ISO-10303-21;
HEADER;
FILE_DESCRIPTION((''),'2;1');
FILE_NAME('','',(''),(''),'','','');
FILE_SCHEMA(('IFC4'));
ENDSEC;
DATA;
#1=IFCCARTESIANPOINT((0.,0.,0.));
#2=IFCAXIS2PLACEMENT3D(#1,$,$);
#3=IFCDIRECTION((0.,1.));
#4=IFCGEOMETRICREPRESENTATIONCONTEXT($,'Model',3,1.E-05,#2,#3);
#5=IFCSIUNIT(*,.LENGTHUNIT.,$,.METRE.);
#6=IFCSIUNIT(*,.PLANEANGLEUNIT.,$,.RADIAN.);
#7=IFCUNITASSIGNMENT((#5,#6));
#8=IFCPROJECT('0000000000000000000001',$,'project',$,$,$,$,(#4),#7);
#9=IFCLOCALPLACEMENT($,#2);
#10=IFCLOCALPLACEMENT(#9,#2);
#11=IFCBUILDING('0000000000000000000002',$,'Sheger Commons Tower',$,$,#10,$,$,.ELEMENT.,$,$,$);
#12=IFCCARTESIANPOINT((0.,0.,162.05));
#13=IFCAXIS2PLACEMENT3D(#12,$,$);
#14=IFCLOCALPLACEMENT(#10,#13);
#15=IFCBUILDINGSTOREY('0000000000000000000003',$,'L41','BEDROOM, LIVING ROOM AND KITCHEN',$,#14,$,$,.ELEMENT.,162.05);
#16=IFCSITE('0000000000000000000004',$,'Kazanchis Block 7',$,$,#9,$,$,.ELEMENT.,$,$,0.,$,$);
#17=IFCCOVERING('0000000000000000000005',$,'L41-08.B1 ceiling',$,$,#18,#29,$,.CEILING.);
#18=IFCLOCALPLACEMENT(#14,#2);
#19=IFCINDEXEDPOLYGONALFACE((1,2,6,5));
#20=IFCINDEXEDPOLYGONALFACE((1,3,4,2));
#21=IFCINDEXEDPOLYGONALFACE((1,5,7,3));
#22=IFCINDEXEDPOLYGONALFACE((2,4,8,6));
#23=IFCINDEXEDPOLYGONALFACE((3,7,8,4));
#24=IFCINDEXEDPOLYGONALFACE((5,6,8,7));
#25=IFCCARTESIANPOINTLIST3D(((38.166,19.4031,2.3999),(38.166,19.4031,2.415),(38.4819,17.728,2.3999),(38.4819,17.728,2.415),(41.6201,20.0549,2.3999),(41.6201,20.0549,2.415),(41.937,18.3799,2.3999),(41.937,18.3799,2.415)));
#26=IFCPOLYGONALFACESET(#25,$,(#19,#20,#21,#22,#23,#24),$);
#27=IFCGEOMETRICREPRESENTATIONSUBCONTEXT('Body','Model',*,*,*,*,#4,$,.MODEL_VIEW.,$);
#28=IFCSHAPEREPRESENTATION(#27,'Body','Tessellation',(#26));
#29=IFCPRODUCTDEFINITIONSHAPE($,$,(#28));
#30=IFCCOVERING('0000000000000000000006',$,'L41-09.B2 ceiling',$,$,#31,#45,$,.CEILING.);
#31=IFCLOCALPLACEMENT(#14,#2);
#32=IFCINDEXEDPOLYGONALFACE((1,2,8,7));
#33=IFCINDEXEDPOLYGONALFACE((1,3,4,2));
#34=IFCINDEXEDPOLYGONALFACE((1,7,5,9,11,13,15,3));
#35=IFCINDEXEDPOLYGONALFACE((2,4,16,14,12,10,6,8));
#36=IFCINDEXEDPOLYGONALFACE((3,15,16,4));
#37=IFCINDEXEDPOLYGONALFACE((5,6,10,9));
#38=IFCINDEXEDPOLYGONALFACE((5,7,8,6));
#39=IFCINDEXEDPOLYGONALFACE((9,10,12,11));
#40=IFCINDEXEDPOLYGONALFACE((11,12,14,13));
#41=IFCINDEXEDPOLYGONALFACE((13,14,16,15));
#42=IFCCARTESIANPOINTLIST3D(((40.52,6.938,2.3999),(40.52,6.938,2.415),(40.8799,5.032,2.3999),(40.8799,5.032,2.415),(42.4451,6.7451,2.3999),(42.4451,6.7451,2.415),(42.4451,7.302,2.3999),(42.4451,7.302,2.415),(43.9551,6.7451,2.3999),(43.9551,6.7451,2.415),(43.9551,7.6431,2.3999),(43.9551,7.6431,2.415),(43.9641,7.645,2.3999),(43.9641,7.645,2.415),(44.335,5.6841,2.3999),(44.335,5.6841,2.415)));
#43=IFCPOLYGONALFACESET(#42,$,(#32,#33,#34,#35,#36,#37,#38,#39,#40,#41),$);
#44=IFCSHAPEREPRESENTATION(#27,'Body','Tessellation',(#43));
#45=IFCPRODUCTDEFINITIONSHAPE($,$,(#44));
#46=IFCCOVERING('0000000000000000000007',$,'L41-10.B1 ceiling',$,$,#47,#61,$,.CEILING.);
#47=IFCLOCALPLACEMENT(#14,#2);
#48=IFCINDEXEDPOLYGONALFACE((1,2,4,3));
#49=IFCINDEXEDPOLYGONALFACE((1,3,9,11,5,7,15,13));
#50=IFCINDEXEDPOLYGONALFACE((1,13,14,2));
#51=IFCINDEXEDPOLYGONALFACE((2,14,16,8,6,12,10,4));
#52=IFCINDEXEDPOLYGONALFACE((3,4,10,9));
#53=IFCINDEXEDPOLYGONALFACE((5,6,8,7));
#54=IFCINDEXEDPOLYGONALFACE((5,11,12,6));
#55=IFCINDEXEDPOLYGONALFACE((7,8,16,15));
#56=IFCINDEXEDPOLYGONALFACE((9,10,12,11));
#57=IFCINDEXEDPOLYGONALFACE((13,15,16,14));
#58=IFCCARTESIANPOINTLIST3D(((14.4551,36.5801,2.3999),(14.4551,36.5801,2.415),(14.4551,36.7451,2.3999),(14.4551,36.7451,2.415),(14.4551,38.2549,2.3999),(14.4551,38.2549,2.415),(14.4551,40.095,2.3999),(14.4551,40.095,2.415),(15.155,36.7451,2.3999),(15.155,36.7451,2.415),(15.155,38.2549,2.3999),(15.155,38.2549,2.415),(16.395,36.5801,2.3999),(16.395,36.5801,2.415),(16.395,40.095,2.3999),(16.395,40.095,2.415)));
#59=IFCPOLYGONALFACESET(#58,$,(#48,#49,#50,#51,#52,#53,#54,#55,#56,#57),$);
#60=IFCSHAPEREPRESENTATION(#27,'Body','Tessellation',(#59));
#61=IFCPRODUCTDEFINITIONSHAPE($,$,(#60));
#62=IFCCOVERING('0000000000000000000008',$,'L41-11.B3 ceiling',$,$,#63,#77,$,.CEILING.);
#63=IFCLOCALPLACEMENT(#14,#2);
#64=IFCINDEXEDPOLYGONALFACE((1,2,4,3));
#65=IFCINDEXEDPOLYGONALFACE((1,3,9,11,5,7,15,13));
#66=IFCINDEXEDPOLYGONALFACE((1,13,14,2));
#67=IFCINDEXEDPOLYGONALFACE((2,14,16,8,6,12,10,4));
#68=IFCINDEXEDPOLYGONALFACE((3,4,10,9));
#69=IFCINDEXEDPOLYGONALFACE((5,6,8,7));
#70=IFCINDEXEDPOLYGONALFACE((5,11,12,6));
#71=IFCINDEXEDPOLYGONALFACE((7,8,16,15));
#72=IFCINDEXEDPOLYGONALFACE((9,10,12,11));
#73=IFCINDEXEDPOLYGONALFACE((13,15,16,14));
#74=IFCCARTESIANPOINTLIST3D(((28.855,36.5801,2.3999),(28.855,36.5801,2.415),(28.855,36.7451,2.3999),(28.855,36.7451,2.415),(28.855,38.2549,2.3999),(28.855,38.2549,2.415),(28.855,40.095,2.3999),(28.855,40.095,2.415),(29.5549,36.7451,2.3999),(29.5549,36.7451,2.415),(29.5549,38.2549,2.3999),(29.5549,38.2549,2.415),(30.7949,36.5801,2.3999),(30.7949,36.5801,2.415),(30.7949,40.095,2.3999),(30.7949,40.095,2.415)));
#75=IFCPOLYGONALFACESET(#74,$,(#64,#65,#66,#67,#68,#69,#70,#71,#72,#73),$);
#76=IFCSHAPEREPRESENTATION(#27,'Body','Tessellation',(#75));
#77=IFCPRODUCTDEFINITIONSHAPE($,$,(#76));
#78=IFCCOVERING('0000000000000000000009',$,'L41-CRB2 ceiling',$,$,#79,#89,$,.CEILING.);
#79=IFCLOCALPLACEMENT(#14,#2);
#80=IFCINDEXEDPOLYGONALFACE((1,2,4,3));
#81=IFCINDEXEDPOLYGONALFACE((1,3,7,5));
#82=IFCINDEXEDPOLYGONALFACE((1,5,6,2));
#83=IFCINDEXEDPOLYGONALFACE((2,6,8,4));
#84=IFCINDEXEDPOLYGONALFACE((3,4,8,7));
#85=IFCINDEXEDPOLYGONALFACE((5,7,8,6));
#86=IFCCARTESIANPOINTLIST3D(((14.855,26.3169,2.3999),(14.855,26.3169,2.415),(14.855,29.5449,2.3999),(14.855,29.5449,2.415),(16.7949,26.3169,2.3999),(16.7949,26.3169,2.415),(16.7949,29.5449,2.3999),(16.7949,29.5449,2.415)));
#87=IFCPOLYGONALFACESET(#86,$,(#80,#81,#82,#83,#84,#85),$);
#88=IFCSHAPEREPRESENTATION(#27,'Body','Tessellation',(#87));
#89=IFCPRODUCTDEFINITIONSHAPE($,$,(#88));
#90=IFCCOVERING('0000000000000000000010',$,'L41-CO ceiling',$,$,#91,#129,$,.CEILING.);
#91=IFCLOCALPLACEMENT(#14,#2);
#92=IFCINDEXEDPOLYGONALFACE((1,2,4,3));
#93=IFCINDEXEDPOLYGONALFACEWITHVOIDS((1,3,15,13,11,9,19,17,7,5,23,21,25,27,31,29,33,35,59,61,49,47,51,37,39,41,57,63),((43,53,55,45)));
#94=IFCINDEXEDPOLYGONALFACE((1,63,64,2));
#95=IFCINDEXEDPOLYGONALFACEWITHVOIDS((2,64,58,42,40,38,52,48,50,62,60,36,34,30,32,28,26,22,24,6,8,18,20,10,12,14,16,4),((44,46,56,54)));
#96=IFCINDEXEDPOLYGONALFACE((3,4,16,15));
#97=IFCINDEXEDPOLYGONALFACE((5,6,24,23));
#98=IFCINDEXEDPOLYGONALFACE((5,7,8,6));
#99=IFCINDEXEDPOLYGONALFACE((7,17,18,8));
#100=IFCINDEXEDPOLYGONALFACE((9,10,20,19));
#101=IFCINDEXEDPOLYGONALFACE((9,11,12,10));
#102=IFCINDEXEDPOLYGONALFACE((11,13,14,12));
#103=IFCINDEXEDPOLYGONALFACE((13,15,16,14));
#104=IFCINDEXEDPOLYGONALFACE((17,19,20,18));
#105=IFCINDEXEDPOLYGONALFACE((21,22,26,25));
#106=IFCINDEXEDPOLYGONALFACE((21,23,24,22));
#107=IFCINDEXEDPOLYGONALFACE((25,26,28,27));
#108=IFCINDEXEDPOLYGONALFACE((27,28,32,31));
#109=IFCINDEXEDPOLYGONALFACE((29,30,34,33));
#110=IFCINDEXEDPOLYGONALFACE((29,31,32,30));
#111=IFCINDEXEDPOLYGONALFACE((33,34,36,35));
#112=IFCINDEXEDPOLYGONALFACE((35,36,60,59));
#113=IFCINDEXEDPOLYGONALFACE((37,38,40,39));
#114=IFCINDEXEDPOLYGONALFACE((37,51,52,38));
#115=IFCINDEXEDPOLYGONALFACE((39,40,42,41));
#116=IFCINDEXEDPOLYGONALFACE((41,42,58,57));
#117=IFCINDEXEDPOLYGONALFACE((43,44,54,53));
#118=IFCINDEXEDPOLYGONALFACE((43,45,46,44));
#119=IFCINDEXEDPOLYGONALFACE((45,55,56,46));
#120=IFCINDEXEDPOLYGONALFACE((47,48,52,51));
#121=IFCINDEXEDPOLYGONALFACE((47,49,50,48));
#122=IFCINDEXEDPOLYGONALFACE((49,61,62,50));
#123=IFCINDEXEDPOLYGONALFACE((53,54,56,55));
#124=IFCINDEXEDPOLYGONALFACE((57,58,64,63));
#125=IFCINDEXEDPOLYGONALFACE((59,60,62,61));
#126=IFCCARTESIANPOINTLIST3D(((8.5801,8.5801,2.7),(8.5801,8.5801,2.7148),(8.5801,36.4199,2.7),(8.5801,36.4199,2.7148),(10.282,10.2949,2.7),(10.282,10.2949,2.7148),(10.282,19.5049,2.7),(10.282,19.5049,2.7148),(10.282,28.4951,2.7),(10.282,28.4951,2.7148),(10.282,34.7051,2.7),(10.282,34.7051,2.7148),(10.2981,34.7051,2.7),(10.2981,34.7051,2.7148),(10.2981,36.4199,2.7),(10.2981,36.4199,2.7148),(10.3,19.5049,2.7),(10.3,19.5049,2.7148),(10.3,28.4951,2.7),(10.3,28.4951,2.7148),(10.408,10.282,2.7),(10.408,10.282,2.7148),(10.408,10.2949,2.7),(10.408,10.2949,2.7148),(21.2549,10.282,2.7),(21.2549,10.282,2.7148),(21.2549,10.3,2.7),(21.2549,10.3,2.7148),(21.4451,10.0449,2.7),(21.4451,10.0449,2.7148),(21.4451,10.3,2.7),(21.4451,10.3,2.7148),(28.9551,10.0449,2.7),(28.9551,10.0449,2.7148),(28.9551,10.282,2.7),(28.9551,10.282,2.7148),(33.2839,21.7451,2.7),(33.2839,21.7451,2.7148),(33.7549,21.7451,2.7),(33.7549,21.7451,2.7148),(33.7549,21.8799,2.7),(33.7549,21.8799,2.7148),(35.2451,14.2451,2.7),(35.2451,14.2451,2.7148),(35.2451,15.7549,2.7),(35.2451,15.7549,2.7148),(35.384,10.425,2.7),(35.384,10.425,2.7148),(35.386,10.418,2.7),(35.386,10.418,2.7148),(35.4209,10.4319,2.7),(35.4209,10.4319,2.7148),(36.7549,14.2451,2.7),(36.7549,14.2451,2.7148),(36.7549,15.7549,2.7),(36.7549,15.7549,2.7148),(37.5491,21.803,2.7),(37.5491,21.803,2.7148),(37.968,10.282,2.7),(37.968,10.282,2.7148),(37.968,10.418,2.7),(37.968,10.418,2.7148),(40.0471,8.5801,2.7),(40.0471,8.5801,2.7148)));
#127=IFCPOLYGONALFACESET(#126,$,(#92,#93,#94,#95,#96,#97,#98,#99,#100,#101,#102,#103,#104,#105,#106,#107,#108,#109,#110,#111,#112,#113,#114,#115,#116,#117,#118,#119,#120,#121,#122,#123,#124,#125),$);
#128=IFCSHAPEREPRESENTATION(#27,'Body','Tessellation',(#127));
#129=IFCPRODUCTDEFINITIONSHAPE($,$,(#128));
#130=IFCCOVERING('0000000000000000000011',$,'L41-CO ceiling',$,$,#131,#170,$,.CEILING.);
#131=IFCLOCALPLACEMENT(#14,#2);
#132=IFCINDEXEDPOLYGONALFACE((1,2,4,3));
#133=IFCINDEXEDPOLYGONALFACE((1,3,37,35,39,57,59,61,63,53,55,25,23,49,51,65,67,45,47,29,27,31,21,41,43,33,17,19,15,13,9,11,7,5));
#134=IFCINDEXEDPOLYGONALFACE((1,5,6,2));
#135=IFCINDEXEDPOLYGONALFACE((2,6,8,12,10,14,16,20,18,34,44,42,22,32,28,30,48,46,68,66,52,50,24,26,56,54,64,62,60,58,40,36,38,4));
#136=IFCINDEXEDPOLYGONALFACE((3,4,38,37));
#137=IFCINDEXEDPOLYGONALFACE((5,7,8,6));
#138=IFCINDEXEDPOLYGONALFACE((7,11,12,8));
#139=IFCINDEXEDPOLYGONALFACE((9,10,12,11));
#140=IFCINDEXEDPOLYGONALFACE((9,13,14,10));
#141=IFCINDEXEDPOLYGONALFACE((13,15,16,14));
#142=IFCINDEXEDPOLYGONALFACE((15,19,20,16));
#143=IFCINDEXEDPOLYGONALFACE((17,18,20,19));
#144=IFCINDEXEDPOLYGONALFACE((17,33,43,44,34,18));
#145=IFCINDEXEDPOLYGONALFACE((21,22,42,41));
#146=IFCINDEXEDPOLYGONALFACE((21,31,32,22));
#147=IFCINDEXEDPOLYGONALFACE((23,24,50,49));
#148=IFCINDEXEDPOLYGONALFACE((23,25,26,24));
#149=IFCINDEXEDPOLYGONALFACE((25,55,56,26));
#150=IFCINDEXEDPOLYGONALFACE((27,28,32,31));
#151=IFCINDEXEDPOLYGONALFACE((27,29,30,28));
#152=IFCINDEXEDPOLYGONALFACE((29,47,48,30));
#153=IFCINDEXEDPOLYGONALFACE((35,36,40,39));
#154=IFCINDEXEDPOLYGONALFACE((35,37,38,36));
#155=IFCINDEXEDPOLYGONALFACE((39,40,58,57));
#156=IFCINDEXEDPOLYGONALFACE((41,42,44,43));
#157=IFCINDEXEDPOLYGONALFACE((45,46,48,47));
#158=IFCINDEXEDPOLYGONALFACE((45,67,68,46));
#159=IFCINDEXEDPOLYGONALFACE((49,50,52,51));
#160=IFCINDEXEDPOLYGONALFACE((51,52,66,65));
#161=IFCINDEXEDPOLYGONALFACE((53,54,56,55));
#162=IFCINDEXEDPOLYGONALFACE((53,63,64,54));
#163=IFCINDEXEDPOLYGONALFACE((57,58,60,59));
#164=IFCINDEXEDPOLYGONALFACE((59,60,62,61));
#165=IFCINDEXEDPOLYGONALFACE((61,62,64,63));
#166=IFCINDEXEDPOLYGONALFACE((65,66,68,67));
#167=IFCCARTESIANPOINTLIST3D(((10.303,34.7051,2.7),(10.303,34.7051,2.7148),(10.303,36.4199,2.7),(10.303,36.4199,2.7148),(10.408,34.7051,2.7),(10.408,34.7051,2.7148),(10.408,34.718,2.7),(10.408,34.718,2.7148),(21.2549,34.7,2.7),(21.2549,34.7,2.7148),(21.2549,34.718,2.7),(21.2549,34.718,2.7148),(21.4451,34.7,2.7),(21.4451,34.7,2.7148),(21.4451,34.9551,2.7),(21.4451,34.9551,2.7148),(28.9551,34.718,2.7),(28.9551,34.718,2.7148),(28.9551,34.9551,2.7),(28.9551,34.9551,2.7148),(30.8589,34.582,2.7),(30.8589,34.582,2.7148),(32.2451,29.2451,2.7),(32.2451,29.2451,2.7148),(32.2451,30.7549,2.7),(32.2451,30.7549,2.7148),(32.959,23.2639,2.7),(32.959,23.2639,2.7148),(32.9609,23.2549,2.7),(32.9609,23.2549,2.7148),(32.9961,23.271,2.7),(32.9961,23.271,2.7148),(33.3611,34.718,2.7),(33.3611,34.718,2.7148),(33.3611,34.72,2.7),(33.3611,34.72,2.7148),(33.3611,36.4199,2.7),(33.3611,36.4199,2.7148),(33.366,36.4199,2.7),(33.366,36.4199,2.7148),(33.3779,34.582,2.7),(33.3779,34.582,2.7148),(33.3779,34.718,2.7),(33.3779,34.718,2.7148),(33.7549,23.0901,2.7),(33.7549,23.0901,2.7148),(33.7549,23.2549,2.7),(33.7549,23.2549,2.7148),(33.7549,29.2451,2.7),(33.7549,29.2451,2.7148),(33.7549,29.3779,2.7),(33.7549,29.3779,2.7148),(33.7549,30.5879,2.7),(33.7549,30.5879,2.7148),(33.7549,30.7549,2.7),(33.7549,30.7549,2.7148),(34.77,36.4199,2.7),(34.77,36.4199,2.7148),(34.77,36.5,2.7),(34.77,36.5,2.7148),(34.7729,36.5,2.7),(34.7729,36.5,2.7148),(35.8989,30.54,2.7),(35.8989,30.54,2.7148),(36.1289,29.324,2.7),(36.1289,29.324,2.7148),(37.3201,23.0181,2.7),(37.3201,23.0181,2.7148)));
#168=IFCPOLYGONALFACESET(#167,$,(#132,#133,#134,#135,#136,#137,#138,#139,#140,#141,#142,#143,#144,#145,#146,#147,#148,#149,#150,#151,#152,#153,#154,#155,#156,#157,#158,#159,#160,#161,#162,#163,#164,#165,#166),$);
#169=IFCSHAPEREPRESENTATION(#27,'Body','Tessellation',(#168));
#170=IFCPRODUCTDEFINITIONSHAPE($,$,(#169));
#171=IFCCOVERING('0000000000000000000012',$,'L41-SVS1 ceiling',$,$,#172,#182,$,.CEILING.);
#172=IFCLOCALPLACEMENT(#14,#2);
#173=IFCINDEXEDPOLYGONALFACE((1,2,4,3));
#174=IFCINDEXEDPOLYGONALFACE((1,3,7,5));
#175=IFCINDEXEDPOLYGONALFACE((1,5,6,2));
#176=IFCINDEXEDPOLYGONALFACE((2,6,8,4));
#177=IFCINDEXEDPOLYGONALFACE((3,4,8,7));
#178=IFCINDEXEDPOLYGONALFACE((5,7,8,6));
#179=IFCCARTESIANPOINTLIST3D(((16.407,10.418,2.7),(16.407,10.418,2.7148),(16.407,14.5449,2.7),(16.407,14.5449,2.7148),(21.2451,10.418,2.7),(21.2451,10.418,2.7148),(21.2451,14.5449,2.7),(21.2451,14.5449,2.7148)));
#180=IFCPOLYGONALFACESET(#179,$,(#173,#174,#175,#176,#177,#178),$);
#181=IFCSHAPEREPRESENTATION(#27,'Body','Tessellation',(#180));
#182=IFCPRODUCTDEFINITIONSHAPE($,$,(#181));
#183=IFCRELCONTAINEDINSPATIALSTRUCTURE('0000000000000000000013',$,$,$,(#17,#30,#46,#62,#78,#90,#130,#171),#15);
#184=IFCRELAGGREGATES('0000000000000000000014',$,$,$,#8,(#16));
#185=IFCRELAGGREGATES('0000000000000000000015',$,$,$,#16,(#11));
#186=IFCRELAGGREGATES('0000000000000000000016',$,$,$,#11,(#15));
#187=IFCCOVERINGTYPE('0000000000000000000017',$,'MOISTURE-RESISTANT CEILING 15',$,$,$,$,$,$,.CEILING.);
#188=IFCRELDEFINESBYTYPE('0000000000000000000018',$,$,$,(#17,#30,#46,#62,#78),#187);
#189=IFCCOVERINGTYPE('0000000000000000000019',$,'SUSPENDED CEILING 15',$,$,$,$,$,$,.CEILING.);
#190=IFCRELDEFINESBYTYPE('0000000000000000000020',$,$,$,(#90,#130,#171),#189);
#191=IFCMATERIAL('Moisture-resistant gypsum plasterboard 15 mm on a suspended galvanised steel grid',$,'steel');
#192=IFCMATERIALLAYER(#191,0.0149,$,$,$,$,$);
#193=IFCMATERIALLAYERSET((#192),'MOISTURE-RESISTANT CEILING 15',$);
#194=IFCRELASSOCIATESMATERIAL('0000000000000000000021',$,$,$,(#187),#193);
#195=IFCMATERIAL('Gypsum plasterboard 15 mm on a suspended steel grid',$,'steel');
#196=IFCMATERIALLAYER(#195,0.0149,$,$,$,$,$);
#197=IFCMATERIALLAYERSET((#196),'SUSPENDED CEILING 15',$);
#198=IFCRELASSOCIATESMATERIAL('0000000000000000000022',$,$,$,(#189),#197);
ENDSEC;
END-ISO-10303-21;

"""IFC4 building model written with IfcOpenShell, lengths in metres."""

from ifc_helpers import new_model, si_unit, direction, frame, origin, place, context, subcontext, project, spatial, polyline, outline, extrude, material, layer, layer_set, type_object, element, save


model = new_model("IFC4")

# Units and contexts
model_context = context("Model", 3, precision=1e-05, world=origin(), true_north=direction((0.0, 1.0)))
body_context = subcontext(model_context, "Body", "Model", "MODEL_VIEW")
ifc_project = project(units=[si_unit("LENGTHUNIT", "METRE"), si_unit("PLANEANGLEUNIT", "RADIAN")], contexts=[model_context])

# Site, building, storey
site_placement = place(None, origin())
site = spatial("IfcSite", under=ifc_project, at=site_placement, Name="Kazanchis Block 7", CompositionType="ELEMENT", RefElevation=0.0)
building_placement = place(site_placement, origin())
building = spatial("IfcBuilding", under=site, at=building_placement, Name="Sheger Commons Tower", CompositionType="ELEMENT")
storey_placement = place(building_placement, frame((0.0, 0.0, 162.05)))
storey = spatial("IfcBuildingStorey", under=building, at=storey_placement, Name="L41", Description="BEDROOM, LIVING ROOM AND KITCHEN", CompositionType="ELEMENT", Elevation=162.05)

# Coverings
ifc_material_1 = material(Name="Moisture-resistant gypsum plasterboard 15 mm on a suspended galvanised steel grid", Category="steel")
ifc_layer_1 = layer(ifc_material_1, 0.0149)
ifc_layer_set_1 = layer_set([ifc_layer_1], Name="MOISTURE-RESISTANT CEILING 15")
covering_type_1 = type_object("IfcCoveringType", Name="MOISTURE-RESISTANT CEILING 15", PredefinedType="CEILING", material=ifc_layer_set_1)
covering_1_placement = place(storey_placement, frame((0.0, 0.0, 2.3999)))
element("IfcCovering", 1, at=covering_1_placement, inside=storey, type_object=covering_type_1, Name="L41-08.B1 ceiling", PredefinedType="CEILING", context=body_context, shape_type="SweptSolid", body=[
    extrude(outline(polyline([(38.4819, 17.728), (41.937, 18.3799), (41.6201, 20.0549), (38.166, 19.4031), (38.4819, 17.728)])), origin(), (0.0, 0.0, 1.0), 0.0151),
])
covering_2_placement = place(storey_placement, frame((0.0, 0.0, 2.3999)))
element("IfcCovering", 2, at=covering_2_placement, inside=storey, type_object=covering_type_1, Name="L41-09.B2 ceiling", PredefinedType="CEILING", context=body_context, shape_type="SweptSolid", body=[
    extrude(outline(polyline([(40.8799, 5.032), (44.335, 5.6841), (43.9641, 7.645), (43.9551, 7.6431), (43.9551, 6.7451), (42.4451, 6.7451), (42.4451, 7.302), (40.52, 6.938), (40.8799, 5.032)])), origin(), (0.0, 0.0, 1.0), 0.0151),
])
covering_3_placement = place(storey_placement, frame((0.0, 0.0, 2.3999)))
element("IfcCovering", 3, at=covering_3_placement, inside=storey, type_object=covering_type_1, Name="L41-10.B1 ceiling", PredefinedType="CEILING", context=body_context, shape_type="SweptSolid", body=[
    extrude(outline(polyline([(14.4551, 36.5801), (16.395, 36.5801), (16.395, 40.095), (14.4551, 40.095), (14.4551, 38.2549), (15.155, 38.2549), (15.155, 36.7451), (14.4551, 36.7451), (14.4551, 36.5801)])), origin(), (0.0, 0.0, 1.0), 0.0151),
])
covering_4_placement = place(storey_placement, frame((0.0, 0.0, 2.3999)))
element("IfcCovering", 4, at=covering_4_placement, inside=storey, type_object=covering_type_1, Name="L41-11.B3 ceiling", PredefinedType="CEILING", context=body_context, shape_type="SweptSolid", body=[
    extrude(outline(polyline([(28.855, 36.5801), (30.7949, 36.5801), (30.7949, 40.095), (28.855, 40.095), (28.855, 38.2549), (29.5549, 38.2549), (29.5549, 36.7451), (28.855, 36.7451), (28.855, 36.5801)])), origin(), (0.0, 0.0, 1.0), 0.0151),
])
covering_5_placement = place(storey_placement, frame((0.0, 0.0, 2.3999)))
element("IfcCovering", 5, at=covering_5_placement, inside=storey, type_object=covering_type_1, Name="L41-CRB2 ceiling", PredefinedType="CEILING", context=body_context, shape_type="SweptSolid", body=[
    extrude(outline(polyline([(14.855, 26.3169), (16.7949, 26.3169), (16.7949, 29.5449), (14.855, 29.5449), (14.855, 26.3169)])), origin(), (0.0, 0.0, 1.0), 0.0151),
])
ifc_material_2 = material(Name="Gypsum plasterboard 15 mm on a suspended steel grid", Category="steel")
ifc_layer_2 = layer(ifc_material_2, 0.0149)
ifc_layer_set_2 = layer_set([ifc_layer_2], Name="SUSPENDED CEILING 15")
covering_type_2 = type_object("IfcCoveringType", Name="SUSPENDED CEILING 15", PredefinedType="CEILING", material=ifc_layer_set_2)
covering_6_placement = place(storey_placement, frame((0.0, 0.0, 2.7)))
element("IfcCovering", 6, at=covering_6_placement, inside=storey, type_object=covering_type_2, Name="L41-CO ceiling", PredefinedType="CEILING", context=body_context, shape_type="SweptSolid", body=[
    extrude(outline(polyline([(8.5801, 8.5801), (40.0471, 8.5801), (37.5491, 21.803), (33.7549, 21.8799), (33.7549, 21.7451), (33.2839, 21.7451), (35.4209, 10.4319), (35.384, 10.425), (35.386, 10.418), (37.968, 10.418), (37.968, 10.282), (28.9551, 10.282), (28.9551, 10.0449), (21.4451, 10.0449), (21.4451, 10.3), (21.2549, 10.3), (21.2549, 10.282), (10.408, 10.282), (10.408, 10.2949), (10.282, 10.2949), (10.282, 19.5049), (10.3, 19.5049), (10.3, 28.4951), (10.282, 28.4951), (10.282, 34.7051), (10.2981, 34.7051), (10.2981, 36.4199), (8.5801, 36.4199), (8.5801, 8.5801)]), holes=[polyline([(35.2451, 15.7549), (36.7549, 15.7549), (36.7549, 14.2451), (35.2451, 14.2451), (35.2451, 15.7549)])]), origin(), (0.0, 0.0, 1.0), 0.0149),
])
covering_7_placement = place(storey_placement, frame((0.0, 0.0, 2.7)))
element("IfcCovering", 7, at=covering_7_placement, inside=storey, type_object=covering_type_2, Name="L41-CO ceiling", PredefinedType="CEILING", context=body_context, shape_type="SweptSolid", body=[
    extrude(outline(polyline([(37.3201, 23.0181), (36.1289, 29.324), (33.7549, 29.3779), (33.7549, 29.2451), (32.2451, 29.2451), (32.2451, 30.7549), (33.7549, 30.7549), (33.7549, 30.5879), (35.8989, 30.54), (34.7729, 36.5), (34.77, 36.5), (34.77, 36.4199), (33.366, 36.4199), (33.3611, 34.72), (33.3611, 36.4199), (10.303, 36.4199), (10.303, 34.7051), (10.408, 34.7051), (10.408, 34.718), (21.2549, 34.718), (21.2549, 34.7), (21.4451, 34.7), (21.4451, 34.9551), (28.9551, 34.9551), (28.9551, 34.718), (33.3611, 34.718), (33.3779, 34.718), (33.3779, 34.582), (30.8589, 34.582), (32.9961, 23.271), (32.959, 23.2639), (32.9609, 23.2549), (33.7549, 23.2549), (33.7549, 23.0901), (37.3201, 23.0181)])), origin(), (0.0, 0.0, 1.0), 0.0149),
])
covering_8_placement = place(storey_placement, frame((0.0, 0.0, 2.7)))
element("IfcCovering", 8, at=covering_8_placement, inside=storey, type_object=covering_type_2, Name="L41-SVS1 ceiling", PredefinedType="CEILING", context=body_context, shape_type="SweptSolid", body=[
    extrude(outline(polyline([(16.407, 10.418), (21.2451, 10.418), (21.2451, 14.5449), (16.407, 14.5449), (16.407, 10.418)])), origin(), (0.0, 0.0, 1.0), 0.0149),
])

save(model, "model.ifc")
